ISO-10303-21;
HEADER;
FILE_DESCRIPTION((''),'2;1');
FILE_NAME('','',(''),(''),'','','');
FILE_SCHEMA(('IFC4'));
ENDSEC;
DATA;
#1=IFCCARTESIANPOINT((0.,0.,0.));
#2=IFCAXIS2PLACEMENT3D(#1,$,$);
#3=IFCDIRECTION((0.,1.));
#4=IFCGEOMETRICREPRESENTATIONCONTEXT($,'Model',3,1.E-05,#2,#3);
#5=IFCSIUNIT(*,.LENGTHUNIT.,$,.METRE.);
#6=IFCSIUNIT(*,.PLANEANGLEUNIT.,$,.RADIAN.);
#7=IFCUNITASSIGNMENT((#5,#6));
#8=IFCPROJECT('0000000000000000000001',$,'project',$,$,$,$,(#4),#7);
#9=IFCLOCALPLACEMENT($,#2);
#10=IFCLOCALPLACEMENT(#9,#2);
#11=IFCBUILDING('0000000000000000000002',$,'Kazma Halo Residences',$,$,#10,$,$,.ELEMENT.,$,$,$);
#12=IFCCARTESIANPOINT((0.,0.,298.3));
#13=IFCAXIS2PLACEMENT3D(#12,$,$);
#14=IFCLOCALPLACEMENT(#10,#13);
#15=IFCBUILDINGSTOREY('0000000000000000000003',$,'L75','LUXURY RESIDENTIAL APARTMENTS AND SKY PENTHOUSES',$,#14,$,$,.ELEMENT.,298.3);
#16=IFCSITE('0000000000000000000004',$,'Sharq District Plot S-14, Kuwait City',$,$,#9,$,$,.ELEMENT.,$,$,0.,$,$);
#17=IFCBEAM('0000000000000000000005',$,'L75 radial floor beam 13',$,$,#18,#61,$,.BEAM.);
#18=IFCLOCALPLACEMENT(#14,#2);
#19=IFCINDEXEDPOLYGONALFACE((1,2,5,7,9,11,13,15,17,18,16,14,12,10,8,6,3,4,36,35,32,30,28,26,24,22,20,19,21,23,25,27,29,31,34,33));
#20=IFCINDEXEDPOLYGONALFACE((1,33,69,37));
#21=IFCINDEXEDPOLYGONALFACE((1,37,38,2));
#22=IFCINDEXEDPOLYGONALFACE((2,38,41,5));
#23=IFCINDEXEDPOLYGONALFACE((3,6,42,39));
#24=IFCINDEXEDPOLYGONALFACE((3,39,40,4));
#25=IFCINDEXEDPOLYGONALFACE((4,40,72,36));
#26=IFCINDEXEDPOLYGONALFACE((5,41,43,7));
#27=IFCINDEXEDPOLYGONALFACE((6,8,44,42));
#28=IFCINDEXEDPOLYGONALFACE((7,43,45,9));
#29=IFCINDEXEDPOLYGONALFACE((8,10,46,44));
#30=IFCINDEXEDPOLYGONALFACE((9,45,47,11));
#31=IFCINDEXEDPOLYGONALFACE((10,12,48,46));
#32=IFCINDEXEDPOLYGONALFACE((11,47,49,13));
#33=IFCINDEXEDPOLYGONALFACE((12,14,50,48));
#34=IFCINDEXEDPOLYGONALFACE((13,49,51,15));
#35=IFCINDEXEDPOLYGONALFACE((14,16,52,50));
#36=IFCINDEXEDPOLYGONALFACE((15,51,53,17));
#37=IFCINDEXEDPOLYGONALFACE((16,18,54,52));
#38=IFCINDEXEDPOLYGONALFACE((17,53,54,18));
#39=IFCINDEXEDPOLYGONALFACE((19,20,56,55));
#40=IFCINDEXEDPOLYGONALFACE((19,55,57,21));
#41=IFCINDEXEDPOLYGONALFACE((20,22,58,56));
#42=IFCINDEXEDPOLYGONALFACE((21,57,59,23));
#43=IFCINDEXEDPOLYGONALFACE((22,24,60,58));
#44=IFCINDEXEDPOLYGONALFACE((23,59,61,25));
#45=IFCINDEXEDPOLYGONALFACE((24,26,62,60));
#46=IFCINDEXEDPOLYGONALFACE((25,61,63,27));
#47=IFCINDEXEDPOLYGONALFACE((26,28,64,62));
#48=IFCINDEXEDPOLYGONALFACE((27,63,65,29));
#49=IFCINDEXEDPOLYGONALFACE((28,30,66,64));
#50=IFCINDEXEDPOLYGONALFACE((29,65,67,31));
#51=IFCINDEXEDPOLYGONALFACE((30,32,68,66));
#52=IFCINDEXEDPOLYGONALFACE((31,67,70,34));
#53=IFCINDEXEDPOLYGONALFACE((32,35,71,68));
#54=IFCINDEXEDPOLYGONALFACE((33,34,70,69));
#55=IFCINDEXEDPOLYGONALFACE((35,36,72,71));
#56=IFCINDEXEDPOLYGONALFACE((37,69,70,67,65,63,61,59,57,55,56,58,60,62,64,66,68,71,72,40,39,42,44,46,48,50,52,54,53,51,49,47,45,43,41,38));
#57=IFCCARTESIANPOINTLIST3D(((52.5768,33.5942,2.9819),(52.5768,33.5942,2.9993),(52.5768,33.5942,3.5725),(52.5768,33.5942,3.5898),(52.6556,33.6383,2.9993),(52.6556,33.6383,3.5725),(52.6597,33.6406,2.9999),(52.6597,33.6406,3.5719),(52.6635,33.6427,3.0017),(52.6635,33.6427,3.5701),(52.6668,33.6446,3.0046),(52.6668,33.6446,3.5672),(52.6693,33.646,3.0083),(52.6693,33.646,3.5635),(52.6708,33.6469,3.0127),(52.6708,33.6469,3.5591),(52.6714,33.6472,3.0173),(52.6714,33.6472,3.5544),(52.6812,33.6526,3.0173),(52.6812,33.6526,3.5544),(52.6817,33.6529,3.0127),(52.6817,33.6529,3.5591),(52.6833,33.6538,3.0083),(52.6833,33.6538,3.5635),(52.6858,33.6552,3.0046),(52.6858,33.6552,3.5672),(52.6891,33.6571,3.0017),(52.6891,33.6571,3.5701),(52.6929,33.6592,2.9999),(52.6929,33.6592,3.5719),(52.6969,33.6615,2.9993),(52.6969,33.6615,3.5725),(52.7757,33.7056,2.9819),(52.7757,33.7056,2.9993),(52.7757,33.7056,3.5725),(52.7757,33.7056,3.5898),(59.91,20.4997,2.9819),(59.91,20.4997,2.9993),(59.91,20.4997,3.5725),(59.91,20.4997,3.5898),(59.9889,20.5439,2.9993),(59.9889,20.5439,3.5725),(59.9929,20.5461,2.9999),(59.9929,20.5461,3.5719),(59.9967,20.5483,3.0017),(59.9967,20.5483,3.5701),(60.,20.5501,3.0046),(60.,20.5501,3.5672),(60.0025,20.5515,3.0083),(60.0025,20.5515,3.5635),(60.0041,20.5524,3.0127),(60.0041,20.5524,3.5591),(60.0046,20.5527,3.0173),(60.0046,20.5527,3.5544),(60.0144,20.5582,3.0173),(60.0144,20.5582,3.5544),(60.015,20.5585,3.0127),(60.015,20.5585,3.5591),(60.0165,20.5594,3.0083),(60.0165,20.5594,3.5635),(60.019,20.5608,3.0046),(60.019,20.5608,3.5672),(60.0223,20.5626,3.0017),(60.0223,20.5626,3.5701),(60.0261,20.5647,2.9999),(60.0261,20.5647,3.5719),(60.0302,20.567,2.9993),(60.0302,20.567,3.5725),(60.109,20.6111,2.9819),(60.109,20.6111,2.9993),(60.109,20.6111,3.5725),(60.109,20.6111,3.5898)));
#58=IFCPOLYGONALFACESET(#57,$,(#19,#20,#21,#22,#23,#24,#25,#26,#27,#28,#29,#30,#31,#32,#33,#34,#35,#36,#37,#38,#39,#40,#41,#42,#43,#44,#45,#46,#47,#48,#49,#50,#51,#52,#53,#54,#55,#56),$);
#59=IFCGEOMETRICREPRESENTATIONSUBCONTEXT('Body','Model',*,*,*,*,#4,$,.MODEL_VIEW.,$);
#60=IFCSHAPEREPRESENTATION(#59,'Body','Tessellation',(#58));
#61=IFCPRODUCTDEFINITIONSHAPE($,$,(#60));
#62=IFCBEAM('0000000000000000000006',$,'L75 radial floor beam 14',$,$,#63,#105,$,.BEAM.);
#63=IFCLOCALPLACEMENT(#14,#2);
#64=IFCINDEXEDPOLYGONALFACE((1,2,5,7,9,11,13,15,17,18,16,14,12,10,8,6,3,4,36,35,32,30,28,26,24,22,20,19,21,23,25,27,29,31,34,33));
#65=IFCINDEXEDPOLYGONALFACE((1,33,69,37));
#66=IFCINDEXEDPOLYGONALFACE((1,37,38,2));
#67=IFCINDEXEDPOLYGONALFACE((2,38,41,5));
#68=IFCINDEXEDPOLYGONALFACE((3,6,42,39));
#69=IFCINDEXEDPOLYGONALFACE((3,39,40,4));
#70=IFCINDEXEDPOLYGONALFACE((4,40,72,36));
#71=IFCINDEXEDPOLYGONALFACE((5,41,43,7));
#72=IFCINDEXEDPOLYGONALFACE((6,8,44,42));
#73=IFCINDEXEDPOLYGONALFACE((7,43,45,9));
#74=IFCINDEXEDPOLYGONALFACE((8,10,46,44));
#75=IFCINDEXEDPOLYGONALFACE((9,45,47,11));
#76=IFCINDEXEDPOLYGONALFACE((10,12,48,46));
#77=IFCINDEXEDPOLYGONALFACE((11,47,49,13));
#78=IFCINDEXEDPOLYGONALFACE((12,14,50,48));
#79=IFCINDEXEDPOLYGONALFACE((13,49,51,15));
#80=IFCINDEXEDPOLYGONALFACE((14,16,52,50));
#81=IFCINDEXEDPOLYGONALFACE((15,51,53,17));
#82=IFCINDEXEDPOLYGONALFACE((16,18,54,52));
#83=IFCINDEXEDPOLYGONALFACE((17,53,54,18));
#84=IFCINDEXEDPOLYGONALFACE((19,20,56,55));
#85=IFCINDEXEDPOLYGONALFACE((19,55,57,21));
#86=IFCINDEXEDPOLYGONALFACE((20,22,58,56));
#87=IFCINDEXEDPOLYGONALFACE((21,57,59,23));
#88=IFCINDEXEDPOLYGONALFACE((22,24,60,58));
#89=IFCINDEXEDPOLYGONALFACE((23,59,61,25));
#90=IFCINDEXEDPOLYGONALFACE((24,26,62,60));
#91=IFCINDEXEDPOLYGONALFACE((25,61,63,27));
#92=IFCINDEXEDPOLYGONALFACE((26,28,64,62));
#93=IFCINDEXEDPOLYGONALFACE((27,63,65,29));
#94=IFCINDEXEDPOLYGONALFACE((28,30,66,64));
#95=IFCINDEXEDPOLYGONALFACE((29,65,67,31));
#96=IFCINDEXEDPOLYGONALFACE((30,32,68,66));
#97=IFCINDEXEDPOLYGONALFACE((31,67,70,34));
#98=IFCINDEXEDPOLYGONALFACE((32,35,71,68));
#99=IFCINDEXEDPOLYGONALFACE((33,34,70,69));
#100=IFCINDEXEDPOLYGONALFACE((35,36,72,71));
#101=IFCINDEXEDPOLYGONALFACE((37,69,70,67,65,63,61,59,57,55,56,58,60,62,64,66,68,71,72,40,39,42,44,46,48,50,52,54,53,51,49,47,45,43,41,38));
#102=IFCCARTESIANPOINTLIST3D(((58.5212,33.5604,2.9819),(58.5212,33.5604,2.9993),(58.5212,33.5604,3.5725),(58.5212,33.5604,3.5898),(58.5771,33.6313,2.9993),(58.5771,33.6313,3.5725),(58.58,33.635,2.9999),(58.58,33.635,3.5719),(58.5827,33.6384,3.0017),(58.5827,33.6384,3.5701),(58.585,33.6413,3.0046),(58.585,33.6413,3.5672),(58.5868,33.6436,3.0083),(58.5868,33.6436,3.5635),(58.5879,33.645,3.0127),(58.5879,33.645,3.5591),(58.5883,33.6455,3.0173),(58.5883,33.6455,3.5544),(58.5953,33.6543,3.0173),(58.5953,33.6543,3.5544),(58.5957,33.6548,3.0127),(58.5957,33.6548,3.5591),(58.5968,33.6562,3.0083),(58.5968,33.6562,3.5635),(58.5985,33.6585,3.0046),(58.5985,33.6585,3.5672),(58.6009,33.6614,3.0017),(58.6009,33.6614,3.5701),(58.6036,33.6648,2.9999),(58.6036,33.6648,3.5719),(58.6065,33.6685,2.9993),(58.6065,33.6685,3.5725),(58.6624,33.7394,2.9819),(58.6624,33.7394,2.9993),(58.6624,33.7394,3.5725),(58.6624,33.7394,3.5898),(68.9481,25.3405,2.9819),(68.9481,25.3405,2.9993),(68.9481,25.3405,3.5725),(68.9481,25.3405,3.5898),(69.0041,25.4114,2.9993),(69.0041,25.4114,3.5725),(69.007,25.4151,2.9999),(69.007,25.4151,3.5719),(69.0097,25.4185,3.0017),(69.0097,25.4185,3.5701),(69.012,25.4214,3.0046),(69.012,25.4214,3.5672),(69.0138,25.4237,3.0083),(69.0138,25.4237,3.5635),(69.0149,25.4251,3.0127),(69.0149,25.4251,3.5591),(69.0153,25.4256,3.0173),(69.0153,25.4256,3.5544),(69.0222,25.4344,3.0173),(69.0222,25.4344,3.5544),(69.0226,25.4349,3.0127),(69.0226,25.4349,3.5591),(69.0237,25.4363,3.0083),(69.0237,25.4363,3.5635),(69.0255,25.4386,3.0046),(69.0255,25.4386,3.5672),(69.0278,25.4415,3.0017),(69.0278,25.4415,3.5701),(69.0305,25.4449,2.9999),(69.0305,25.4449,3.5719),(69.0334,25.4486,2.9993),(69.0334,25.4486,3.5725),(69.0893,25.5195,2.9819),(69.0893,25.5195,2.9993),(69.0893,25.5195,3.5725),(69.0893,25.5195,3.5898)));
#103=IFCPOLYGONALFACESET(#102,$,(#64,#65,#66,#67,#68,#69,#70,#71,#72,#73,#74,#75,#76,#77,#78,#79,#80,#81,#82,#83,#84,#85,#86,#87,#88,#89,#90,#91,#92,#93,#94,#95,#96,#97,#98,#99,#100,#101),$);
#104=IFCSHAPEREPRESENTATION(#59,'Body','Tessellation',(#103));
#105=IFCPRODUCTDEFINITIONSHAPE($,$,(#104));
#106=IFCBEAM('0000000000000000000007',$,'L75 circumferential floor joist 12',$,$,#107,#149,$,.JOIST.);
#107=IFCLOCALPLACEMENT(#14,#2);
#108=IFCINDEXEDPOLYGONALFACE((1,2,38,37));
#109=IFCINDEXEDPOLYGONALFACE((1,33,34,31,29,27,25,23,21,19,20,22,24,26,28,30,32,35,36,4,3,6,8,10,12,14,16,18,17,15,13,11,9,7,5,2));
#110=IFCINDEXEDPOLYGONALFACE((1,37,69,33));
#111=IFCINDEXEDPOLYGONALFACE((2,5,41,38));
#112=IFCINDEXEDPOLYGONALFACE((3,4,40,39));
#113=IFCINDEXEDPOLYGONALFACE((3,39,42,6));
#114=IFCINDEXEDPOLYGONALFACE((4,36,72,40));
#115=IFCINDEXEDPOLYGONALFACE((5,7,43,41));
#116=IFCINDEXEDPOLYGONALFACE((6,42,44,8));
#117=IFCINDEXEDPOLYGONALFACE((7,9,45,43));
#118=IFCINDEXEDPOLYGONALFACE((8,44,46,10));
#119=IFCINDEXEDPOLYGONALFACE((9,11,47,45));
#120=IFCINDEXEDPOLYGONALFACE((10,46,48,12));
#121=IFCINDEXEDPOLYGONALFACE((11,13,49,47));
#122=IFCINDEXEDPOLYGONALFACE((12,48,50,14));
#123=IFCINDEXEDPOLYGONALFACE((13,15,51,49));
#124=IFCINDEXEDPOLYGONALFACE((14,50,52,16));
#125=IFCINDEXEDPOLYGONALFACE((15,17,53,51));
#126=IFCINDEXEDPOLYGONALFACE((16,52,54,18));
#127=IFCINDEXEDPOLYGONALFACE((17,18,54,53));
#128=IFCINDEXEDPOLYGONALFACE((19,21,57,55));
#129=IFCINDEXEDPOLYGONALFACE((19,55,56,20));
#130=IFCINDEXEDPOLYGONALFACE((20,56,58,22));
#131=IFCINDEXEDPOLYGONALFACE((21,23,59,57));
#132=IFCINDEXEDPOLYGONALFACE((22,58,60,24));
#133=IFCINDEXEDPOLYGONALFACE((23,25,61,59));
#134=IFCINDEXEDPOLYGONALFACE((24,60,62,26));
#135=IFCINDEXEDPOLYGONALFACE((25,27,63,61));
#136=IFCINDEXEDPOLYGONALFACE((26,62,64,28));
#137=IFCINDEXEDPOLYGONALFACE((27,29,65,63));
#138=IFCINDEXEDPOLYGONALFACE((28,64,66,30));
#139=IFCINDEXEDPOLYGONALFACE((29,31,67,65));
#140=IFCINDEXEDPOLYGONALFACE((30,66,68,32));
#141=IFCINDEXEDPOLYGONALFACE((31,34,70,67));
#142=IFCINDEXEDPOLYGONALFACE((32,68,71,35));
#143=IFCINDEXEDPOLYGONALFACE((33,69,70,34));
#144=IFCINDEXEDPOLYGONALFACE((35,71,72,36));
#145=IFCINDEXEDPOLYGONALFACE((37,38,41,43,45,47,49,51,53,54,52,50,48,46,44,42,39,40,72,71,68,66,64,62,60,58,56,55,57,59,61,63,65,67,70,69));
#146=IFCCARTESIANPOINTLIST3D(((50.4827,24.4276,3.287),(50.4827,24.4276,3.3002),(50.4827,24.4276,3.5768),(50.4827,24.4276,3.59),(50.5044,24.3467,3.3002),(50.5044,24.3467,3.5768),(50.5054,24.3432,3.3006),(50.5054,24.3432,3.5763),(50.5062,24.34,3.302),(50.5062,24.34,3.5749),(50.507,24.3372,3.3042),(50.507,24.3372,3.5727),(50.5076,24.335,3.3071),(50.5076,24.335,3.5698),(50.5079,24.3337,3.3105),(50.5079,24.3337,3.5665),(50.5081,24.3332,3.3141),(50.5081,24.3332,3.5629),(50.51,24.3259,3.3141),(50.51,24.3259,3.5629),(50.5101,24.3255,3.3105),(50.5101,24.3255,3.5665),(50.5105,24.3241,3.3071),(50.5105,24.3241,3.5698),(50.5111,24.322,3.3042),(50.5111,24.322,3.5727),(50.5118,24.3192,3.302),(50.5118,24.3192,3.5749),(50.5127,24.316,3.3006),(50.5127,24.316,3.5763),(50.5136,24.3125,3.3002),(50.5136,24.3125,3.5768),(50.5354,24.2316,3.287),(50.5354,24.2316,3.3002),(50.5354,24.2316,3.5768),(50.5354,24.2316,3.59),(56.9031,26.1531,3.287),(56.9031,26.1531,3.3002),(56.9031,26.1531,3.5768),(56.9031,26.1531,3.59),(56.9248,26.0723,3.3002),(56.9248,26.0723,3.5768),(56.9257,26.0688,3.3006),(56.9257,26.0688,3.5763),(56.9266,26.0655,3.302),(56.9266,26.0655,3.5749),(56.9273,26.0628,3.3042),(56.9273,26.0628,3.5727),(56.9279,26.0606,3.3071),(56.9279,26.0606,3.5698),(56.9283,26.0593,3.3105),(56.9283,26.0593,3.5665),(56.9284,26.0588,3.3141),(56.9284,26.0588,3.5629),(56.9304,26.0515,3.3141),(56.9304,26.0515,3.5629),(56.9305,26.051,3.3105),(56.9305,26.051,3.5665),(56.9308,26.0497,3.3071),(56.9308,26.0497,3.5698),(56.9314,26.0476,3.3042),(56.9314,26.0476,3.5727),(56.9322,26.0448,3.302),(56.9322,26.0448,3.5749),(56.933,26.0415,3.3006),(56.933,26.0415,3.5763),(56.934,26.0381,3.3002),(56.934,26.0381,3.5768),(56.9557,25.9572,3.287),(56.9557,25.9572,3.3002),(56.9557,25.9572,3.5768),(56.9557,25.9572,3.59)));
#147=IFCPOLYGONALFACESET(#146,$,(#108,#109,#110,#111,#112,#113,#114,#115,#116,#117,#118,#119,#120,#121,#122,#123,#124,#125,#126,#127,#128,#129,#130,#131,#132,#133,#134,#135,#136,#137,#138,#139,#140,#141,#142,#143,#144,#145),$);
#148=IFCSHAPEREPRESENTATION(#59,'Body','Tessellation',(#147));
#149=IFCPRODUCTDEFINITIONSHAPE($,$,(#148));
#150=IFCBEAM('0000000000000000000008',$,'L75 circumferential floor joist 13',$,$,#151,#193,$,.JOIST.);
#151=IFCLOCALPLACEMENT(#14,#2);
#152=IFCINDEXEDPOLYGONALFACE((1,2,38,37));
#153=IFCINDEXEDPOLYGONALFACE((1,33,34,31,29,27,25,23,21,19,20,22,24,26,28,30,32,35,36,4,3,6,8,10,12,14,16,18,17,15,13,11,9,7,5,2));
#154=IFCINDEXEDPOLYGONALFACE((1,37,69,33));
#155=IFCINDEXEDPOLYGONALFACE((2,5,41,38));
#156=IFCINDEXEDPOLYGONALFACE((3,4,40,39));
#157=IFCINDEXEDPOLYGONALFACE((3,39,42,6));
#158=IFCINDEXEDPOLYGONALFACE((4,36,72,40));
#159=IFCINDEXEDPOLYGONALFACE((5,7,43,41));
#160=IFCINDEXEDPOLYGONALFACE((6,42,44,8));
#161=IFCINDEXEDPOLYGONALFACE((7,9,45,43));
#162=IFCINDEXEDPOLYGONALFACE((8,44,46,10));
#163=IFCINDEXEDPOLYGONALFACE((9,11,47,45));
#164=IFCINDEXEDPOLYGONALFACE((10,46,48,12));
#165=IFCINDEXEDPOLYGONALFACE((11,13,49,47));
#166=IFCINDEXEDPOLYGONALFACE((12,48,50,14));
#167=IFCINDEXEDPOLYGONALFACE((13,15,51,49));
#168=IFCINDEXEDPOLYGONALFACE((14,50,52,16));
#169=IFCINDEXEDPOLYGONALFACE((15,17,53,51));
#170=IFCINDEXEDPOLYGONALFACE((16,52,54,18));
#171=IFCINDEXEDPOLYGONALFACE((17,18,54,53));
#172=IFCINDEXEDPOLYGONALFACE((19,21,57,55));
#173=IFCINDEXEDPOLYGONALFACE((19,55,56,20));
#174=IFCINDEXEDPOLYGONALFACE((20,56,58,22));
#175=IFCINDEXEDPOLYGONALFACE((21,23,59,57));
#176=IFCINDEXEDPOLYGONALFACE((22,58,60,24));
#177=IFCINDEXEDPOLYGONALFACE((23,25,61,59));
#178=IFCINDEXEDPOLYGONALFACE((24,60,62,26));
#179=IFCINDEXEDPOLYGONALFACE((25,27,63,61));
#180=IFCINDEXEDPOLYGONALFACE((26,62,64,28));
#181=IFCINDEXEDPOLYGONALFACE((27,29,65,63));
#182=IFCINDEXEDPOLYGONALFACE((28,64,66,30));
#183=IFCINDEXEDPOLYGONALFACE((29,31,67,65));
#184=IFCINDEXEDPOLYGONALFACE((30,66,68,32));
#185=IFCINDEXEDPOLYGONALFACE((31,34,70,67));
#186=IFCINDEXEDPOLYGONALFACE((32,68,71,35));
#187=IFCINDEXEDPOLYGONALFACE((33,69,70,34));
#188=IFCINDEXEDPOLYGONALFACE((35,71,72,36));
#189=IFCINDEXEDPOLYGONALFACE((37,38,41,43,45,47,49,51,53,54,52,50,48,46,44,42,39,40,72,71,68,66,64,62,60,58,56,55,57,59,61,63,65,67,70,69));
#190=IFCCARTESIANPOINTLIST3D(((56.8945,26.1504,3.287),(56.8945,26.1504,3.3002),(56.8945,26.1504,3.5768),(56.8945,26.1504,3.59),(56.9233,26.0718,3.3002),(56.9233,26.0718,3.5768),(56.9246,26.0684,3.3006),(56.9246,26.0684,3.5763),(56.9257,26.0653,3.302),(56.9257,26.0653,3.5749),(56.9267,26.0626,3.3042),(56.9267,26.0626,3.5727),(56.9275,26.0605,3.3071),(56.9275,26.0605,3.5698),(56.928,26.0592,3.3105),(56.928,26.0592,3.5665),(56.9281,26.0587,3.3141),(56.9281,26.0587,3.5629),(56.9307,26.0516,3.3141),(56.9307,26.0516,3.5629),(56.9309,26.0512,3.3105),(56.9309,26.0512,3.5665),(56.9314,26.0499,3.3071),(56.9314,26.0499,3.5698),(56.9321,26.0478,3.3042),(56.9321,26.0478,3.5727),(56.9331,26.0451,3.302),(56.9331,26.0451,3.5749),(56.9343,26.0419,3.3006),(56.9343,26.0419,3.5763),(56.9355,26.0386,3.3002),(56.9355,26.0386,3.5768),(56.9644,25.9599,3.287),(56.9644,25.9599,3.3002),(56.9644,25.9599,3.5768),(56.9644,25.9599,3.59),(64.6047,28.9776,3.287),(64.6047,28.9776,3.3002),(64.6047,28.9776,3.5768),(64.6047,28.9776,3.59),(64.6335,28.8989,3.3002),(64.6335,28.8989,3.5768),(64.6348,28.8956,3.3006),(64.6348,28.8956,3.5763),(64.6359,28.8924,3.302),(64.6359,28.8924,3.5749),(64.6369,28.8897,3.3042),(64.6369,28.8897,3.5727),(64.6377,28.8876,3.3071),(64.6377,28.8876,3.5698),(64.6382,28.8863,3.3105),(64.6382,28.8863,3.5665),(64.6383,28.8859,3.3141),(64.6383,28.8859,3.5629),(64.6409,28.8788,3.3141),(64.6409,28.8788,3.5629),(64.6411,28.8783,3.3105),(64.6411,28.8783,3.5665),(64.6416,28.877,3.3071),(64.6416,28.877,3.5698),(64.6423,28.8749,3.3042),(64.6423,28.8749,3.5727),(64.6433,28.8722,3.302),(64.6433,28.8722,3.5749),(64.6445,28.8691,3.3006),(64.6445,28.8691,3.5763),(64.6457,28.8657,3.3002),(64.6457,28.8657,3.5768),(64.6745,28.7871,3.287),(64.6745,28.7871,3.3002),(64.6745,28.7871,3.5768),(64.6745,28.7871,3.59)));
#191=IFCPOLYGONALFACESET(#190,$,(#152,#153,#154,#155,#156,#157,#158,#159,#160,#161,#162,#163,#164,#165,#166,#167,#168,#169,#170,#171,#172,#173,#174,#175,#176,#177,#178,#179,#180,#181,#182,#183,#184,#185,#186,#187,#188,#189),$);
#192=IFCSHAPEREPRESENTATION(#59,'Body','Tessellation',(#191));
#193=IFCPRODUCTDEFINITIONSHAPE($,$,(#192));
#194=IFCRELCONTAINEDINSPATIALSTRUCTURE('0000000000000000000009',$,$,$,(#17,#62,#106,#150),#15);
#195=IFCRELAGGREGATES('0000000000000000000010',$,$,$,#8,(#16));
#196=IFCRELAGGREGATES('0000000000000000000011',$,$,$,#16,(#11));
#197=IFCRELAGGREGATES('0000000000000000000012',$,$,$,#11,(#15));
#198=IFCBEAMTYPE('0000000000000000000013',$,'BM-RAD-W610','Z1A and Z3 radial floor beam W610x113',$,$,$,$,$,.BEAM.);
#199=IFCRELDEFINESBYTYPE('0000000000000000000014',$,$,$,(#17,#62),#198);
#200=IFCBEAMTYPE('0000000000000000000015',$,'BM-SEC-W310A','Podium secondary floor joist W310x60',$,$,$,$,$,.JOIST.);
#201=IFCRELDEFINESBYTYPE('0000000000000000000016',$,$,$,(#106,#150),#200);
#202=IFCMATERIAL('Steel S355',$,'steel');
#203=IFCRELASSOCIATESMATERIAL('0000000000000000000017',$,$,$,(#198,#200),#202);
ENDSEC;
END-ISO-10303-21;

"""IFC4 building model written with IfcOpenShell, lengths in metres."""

from ifc_helpers import new_model, si_unit, direction, frame, origin, origin_2d, place, context, subcontext, project, spatial, i_section, extrude, material, material_profile, profile_set, type_object, element, save


model = new_model("IFC4")

# Units and contexts
model_context = context("Model", 3, precision=1e-05, world=origin(), true_north=direction((0.0, 1.0)))
body_context = subcontext(model_context, "Body", "Model", "MODEL_VIEW")
ifc_project = project(units=[si_unit("LENGTHUNIT", "METRE"), si_unit("PLANEANGLEUNIT", "RADIAN")], contexts=[model_context])

# Site, building, storey
site_placement = place(None, origin())
site = spatial("IfcSite", under=ifc_project, at=site_placement, Name="Sharq District Plot S-14, Kuwait City", CompositionType="ELEMENT", RefElevation=0.0)
building_placement = place(site_placement, origin())
building = spatial("IfcBuilding", under=site, at=building_placement, Name="Kazma Halo Residences", CompositionType="ELEMENT")
storey_placement = place(building_placement, frame((0.0, 0.0, 298.3)))
storey = spatial("IfcBuildingStorey", under=building, at=storey_placement, Name="L75", Description="LUXURY RESIDENTIAL APARTMENTS AND SKY PENTHOUSES", CompositionType="ELEMENT", Elevation=298.3)

# Beams
ifc_material_1 = material(Name="Steel S355", Category="steel")
ifc_material_profile_1 = material_profile(ifc_material_1, i_section(OverallWidth=0.228, OverallDepth=0.6079, WebThickness=0.0112, FlangeThickness=0.0173, FilletRadius=0.0181, at=origin_2d()), Name="W610x113")
ifc_profile_set_1 = profile_set([ifc_material_profile_1], Name="Steel S355")
beam_type_1 = type_object("IfcBeamType", Name="BM-RAD-W610", Description="Z1A and Z3 radial floor beam W610x113", PredefinedType="BEAM", material=ifc_profile_set_1)
beam_1_placement = place(storey_placement, frame((52.6763, 33.6499, 3.2859), z_axis=(0.488621, -0.872496, 0.0), x_axis=(0.872496, 0.488621, 0.0)))
element("IfcBeam", 1, at=beam_1_placement, inside=storey, type_object=beam_type_1, Name="L75 radial floor beam 13", PredefinedType="BEAM", context=body_context, shape_type="SweptSolid", body=[
    extrude(i_section(OverallWidth=0.228, OverallDepth=0.6079, WebThickness=0.0112, FlangeThickness=0.0173, FilletRadius=0.0181, at=origin_2d()), origin(), (0.0, 0.0, 1.0), 15.0081),
])
beam_2_placement = place(storey_placement, frame((58.5918, 33.6499, 3.2859), z_axis=(0.785317, -0.619093, 0.0), x_axis=(0.619093, 0.785317, 0.0)))
element("IfcBeam", 2, at=beam_2_placement, inside=storey, type_object=beam_type_1, Name="L75 radial floor beam 14", PredefinedType="BEAM", context=body_context, shape_type="SweptSolid", body=[
    extrude(i_section(OverallWidth=0.228, OverallDepth=0.6079, WebThickness=0.0112, FlangeThickness=0.0173, FilletRadius=0.0181, at=origin_2d()), origin(), (0.0, 0.0, 1.0), 13.2773),
])
ifc_material_profile_2 = material_profile(ifc_material_1, i_section(OverallWidth=0.2029, OverallDepth=0.303, WebThickness=0.0076, FlangeThickness=0.0132, FilletRadius=0.0139, at=origin_2d()), Name="W310x60")
ifc_profile_set_2 = profile_set([ifc_material_profile_2], Name="Steel S355")
beam_type_2 = type_object("IfcBeamType", Name="BM-SEC-W310A", Description="Podium secondary floor joist W310x60", PredefinedType="JOIST", material=ifc_profile_set_2)
beam_3_placement = place(storey_placement, frame((50.509, 24.3296, 3.4385), z_axis=(0.965728, 0.259555, 0.0), x_axis=(-0.259555, 0.965728, 0.0)))
element("IfcBeam", 3, at=beam_3_placement, inside=storey, type_object=beam_type_2, Name="L75 circumferential floor joist 12", PredefinedType="JOIST", context=body_context, shape_type="SweptSolid", body=[
    extrude(i_section(OverallWidth=0.2029, OverallDepth=0.303, WebThickness=0.0076, FlangeThickness=0.0132, FilletRadius=0.0139, at=origin_2d()), origin(), (0.0, 0.0, 1.0), 6.6482),
])
beam_4_placement = place(storey_placement, frame((56.9294, 26.0552, 3.4385), z_axis=(0.938873, 0.344263, 0.0), x_axis=(-0.344263, 0.938873, 0.0)))
element("IfcBeam", 4, at=beam_4_placement, inside=storey, type_object=beam_type_2, Name="L75 circumferential floor joist 13", PredefinedType="JOIST", context=body_context, shape_type="SweptSolid", body=[
    extrude(i_section(OverallWidth=0.2029, OverallDepth=0.303, WebThickness=0.0076, FlangeThickness=0.0132, FilletRadius=0.0139, at=origin_2d()), origin(), (0.0, 0.0, 1.0), 8.2122),
])

save(model, "model.ifc")
